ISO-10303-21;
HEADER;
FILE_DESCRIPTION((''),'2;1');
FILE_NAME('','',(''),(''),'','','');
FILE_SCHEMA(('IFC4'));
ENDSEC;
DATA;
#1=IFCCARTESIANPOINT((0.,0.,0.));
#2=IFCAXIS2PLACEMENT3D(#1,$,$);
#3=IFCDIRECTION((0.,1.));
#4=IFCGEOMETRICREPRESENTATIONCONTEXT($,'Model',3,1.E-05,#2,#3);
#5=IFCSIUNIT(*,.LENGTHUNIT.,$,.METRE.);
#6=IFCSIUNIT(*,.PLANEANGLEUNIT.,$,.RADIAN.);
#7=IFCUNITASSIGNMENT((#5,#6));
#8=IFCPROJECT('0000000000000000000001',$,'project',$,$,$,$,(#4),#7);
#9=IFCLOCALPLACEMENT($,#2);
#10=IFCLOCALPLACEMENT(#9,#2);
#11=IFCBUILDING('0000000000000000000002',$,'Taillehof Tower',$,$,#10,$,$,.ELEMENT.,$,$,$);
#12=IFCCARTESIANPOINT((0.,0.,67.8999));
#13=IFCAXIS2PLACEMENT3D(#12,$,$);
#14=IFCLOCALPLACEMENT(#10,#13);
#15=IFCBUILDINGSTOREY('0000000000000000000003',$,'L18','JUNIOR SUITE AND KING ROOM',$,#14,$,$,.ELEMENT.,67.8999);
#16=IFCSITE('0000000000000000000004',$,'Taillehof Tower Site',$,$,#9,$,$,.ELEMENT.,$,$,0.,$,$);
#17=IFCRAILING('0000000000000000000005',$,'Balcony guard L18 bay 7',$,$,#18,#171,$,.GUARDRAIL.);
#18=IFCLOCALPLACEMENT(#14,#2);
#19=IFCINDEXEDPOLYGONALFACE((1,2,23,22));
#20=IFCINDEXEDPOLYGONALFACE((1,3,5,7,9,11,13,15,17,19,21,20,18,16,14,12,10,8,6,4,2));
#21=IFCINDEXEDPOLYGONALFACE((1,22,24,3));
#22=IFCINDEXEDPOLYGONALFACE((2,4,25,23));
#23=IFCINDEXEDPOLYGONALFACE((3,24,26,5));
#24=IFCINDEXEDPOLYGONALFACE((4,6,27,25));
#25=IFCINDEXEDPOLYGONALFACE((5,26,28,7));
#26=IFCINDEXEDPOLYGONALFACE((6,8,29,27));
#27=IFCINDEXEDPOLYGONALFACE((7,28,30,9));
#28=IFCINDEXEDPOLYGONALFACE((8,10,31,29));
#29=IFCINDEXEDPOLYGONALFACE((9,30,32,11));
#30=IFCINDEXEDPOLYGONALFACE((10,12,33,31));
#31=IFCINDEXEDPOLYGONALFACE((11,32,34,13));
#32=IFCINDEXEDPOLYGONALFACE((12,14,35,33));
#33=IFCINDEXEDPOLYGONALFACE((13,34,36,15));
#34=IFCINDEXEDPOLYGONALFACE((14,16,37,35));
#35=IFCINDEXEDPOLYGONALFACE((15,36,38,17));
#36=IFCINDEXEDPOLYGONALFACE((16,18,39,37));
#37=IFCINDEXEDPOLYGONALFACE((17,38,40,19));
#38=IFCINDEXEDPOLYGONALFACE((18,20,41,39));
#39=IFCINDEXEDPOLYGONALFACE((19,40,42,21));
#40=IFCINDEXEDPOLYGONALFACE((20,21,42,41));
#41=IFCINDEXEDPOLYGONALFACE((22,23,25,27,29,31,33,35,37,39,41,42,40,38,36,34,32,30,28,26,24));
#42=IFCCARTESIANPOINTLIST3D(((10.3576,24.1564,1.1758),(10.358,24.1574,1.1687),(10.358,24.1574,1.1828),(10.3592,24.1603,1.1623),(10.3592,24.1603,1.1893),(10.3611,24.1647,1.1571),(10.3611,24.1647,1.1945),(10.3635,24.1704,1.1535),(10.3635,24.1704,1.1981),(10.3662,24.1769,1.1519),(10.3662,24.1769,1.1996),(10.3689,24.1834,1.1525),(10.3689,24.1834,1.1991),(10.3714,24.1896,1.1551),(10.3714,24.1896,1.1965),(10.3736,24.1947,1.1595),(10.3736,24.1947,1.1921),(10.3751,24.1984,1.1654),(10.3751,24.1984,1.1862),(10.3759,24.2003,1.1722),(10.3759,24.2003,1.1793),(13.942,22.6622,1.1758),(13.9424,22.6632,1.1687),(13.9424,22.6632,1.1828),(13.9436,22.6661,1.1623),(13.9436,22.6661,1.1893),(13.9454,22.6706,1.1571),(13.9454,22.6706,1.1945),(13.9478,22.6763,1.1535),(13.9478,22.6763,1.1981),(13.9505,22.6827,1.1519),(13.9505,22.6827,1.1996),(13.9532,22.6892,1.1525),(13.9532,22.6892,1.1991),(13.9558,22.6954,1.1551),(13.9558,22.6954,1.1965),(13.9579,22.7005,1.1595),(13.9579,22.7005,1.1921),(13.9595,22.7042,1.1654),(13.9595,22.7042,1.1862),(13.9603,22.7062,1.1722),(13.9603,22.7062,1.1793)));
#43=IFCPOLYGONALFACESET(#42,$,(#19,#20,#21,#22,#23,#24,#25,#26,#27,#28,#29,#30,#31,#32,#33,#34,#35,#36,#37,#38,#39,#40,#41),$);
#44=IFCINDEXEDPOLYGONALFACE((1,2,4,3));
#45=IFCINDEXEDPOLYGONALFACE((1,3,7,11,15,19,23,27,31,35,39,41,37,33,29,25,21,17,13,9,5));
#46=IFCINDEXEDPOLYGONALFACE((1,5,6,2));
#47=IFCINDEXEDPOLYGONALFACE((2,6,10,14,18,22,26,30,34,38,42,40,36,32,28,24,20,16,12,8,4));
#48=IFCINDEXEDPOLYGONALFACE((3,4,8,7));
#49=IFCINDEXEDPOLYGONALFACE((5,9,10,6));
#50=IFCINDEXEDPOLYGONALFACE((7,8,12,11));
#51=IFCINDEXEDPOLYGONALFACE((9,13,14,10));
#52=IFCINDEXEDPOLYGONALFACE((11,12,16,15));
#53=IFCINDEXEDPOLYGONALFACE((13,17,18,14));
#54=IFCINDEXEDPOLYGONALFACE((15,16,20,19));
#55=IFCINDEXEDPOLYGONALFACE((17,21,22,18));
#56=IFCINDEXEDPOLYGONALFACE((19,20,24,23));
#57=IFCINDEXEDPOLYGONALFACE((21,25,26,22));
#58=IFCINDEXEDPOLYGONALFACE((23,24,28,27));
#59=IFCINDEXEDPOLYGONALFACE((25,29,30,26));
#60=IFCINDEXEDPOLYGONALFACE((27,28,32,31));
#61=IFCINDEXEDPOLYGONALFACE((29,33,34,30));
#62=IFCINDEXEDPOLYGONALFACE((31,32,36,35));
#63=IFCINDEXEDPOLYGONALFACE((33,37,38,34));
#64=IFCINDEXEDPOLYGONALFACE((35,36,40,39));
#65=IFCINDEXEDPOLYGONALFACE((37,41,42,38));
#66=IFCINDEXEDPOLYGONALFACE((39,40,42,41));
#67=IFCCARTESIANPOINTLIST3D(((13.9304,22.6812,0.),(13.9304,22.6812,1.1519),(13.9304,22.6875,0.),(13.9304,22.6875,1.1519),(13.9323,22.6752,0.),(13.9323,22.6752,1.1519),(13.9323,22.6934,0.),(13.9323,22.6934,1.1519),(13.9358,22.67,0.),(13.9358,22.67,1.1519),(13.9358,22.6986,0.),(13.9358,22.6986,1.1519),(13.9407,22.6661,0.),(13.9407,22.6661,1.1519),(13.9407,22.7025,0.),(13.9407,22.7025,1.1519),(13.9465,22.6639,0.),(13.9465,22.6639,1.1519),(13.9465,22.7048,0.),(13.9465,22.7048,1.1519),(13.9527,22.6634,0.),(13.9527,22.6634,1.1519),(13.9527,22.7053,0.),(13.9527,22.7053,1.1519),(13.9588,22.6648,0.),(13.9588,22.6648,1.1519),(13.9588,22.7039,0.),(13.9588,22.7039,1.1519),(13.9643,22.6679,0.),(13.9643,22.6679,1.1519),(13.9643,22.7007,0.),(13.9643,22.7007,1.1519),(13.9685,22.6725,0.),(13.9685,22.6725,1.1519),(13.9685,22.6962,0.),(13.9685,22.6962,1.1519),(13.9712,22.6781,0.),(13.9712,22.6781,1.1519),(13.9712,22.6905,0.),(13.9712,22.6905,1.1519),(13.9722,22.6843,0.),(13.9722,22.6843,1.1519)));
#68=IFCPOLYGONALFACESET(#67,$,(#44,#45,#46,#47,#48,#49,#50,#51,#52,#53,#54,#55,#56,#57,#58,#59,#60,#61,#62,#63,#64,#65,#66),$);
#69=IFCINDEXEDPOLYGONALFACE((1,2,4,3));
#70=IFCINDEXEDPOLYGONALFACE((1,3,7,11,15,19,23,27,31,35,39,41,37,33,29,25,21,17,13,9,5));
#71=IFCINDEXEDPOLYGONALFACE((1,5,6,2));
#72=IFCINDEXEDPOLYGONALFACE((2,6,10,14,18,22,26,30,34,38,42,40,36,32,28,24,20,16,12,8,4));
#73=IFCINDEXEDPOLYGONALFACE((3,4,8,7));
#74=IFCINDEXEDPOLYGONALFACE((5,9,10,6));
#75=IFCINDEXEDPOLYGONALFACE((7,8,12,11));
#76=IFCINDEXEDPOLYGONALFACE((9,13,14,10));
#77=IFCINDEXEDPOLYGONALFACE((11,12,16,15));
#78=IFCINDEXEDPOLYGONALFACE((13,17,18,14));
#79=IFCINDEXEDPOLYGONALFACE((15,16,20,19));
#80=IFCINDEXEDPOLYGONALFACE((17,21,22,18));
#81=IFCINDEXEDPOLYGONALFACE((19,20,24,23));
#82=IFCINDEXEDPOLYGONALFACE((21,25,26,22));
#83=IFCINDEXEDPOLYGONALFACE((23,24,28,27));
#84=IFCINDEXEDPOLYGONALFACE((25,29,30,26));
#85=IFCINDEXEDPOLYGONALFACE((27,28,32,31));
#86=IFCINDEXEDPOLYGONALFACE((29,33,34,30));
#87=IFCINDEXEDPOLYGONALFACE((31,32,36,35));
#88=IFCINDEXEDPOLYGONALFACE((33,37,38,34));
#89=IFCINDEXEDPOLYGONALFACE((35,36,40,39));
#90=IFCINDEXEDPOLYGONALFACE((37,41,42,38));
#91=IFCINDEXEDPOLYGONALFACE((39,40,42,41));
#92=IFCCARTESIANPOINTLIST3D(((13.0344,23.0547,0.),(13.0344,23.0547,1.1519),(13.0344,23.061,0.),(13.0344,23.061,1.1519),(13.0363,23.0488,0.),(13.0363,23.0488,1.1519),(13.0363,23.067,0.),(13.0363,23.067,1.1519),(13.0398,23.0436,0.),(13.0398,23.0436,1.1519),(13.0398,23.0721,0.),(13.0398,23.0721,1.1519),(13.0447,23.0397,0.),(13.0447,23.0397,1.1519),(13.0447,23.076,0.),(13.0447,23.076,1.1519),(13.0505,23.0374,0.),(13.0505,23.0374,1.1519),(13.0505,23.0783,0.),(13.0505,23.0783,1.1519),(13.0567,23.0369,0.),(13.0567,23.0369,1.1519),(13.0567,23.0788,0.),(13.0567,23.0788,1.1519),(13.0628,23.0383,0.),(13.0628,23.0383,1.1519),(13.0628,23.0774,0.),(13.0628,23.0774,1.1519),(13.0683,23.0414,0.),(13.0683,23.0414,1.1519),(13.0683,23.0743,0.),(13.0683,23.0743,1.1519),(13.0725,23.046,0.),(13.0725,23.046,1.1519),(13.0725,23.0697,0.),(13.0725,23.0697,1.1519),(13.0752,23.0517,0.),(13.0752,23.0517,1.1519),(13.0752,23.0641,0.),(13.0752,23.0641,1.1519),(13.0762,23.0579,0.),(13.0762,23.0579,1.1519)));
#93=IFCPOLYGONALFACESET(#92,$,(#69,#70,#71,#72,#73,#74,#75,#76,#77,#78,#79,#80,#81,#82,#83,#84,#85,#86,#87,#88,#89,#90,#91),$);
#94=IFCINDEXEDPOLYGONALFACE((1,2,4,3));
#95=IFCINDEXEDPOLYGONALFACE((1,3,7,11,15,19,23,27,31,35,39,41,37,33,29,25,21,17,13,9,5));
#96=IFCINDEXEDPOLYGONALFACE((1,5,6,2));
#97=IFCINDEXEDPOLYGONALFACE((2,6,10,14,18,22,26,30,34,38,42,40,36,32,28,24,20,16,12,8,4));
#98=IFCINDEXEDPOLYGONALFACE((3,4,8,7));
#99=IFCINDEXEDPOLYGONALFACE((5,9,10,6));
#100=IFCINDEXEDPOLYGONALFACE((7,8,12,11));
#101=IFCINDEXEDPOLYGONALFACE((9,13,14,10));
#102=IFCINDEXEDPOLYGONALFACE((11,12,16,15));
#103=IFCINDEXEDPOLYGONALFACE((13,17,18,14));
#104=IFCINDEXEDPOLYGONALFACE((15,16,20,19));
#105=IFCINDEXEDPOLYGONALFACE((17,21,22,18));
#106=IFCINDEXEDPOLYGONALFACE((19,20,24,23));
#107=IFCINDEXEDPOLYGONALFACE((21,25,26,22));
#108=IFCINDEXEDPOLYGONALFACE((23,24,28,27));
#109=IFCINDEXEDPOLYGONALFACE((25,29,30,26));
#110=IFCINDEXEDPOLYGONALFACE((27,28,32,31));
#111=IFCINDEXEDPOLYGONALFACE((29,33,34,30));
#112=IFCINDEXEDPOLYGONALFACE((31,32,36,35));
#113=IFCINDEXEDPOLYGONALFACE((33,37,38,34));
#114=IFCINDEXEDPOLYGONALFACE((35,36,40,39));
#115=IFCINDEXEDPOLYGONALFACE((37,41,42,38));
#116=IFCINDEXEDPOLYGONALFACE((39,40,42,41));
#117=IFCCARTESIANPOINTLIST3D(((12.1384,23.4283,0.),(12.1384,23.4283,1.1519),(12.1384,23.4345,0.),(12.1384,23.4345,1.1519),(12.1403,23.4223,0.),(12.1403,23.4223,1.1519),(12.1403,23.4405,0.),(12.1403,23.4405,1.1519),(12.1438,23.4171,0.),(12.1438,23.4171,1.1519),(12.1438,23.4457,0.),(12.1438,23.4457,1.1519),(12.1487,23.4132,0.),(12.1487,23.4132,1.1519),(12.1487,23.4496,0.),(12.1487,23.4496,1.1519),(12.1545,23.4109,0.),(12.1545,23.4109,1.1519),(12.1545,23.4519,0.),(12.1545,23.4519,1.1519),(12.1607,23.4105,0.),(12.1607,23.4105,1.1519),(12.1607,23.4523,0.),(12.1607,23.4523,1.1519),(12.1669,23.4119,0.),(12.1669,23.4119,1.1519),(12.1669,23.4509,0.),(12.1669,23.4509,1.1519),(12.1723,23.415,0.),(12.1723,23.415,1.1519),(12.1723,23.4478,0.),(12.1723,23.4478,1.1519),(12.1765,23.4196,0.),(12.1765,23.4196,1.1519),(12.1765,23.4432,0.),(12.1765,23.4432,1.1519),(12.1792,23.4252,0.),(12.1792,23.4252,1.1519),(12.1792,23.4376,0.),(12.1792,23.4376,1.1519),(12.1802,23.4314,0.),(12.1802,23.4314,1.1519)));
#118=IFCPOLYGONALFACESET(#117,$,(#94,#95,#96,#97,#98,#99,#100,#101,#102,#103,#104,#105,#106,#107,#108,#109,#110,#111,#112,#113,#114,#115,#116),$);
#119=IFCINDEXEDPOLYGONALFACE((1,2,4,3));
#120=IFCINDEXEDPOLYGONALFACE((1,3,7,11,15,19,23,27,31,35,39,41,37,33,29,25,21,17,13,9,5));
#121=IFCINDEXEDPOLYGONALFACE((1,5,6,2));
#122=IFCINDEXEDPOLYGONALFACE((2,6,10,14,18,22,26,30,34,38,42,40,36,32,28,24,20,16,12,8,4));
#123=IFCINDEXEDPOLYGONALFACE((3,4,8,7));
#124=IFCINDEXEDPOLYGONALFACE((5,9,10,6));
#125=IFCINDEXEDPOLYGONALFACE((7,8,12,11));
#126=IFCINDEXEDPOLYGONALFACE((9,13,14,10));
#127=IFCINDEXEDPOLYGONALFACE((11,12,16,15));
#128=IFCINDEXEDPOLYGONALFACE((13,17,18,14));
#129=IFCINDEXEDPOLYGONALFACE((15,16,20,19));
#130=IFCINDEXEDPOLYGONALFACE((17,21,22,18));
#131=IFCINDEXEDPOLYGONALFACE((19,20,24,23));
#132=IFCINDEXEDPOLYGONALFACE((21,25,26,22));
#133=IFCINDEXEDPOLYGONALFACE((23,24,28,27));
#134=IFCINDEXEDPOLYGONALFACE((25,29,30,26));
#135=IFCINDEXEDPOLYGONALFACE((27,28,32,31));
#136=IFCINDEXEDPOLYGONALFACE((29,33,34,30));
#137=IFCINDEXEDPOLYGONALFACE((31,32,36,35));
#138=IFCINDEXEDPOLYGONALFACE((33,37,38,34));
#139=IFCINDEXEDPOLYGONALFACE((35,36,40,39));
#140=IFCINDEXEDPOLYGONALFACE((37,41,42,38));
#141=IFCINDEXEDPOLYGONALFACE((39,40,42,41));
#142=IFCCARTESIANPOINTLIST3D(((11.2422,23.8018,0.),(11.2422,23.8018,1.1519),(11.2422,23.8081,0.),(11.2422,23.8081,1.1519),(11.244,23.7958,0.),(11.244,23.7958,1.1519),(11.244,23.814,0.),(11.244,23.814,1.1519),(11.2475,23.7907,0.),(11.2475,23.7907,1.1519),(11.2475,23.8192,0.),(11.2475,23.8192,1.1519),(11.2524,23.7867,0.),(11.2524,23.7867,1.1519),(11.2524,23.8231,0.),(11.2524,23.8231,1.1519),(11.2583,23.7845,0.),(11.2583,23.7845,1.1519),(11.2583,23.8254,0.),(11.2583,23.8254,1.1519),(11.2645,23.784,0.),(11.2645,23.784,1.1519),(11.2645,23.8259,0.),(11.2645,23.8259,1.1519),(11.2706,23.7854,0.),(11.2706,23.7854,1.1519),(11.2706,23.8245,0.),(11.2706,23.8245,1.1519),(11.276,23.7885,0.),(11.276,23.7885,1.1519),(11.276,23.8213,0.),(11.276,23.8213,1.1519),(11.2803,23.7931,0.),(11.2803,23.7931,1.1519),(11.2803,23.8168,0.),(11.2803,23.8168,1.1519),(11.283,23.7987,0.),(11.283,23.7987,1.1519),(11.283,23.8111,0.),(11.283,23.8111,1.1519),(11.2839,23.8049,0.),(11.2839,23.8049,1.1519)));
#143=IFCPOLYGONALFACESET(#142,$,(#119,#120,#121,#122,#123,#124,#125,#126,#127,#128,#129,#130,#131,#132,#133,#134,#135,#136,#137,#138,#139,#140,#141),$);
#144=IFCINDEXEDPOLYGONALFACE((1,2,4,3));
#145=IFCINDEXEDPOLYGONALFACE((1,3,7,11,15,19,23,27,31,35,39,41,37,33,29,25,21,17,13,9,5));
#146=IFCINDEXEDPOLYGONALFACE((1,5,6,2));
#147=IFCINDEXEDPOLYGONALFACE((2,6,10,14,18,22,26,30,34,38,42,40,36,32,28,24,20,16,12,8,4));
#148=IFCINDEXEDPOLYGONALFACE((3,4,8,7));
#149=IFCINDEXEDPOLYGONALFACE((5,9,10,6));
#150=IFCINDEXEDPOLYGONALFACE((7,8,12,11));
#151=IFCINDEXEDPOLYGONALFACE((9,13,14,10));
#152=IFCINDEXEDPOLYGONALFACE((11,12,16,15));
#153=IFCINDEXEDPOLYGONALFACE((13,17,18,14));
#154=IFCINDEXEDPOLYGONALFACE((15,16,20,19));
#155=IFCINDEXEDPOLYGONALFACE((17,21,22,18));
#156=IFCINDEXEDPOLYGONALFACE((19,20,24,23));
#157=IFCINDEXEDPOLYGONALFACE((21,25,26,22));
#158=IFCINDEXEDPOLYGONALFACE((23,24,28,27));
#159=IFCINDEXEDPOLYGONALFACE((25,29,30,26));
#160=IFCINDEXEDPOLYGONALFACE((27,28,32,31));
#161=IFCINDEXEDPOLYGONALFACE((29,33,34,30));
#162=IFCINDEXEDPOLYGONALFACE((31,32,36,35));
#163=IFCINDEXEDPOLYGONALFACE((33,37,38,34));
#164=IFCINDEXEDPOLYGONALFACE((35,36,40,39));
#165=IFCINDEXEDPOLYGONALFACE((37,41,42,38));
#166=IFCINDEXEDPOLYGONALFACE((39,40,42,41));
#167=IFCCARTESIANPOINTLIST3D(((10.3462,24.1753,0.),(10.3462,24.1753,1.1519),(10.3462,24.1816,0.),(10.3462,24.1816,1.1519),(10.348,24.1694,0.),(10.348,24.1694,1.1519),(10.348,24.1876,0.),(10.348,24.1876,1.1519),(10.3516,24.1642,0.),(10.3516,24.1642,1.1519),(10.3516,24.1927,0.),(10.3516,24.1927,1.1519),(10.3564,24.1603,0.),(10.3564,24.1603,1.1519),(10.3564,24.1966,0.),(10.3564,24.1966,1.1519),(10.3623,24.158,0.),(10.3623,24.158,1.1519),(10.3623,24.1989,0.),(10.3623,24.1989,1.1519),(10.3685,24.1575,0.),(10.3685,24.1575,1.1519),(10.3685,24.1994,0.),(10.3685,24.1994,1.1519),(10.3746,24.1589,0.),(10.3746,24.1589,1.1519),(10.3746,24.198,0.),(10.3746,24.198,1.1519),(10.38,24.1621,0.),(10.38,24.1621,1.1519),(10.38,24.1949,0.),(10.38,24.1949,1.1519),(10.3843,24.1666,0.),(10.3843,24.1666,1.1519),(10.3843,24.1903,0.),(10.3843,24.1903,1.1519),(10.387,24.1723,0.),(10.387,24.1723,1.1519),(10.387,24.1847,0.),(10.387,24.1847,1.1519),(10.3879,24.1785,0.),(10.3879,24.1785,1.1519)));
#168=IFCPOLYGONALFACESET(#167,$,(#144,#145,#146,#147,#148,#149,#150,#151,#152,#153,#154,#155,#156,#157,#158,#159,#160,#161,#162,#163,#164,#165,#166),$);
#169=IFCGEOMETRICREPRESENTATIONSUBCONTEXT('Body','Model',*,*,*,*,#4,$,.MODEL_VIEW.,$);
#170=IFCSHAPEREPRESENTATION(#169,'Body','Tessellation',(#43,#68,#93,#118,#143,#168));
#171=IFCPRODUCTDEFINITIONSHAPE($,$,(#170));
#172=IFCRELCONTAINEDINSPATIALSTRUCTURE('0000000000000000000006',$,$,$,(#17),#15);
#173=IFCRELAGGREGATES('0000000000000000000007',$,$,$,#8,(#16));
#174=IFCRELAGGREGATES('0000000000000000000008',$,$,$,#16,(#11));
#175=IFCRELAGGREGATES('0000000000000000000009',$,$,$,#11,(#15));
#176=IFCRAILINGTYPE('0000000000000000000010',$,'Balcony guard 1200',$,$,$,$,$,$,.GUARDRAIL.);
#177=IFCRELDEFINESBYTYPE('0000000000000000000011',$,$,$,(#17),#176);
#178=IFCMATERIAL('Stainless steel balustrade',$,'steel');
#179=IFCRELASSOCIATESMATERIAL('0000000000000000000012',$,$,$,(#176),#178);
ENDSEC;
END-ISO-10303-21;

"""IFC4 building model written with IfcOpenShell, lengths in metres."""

from ifc_helpers import new_model, si_unit, direction, frame, origin, origin_2d, place, context, subcontext, project, spatial, circle, extrude, material, type_object, element, save


model = new_model("IFC4")

# Units and contexts
model_context = context("Model", 3, precision=1e-05, world=origin(), true_north=direction((0.0, 1.0)))
body_context = subcontext(model_context, "Body", "Model", "MODEL_VIEW")
ifc_project = project(units=[si_unit("LENGTHUNIT", "METRE"), si_unit("PLANEANGLEUNIT", "RADIAN")], contexts=[model_context])

# Site, building, storey
site_placement = place(None, origin())
site = spatial("IfcSite", under=ifc_project, at=site_placement, Name="Taillehof Tower Site", CompositionType="ELEMENT", RefElevation=0.0)
building_placement = place(site_placement, origin())
building = spatial("IfcBuilding", under=site, at=building_placement, Name="Taillehof Tower", CompositionType="ELEMENT")
storey_placement = place(building_placement, frame((0.0, 0.0, 67.8999)))
storey = spatial("IfcBuildingStorey", under=building, at=storey_placement, Name="L18", Description="JUNIOR SUITE AND KING ROOM", CompositionType="ELEMENT", Elevation=67.8999)

# Railing
ifc_material_1 = material(Name="Stainless steel balustrade", Category="steel")
railing_type = type_object("IfcRailingType", Name="Balcony guard 1200", PredefinedType="GUARDRAIL", material=ifc_material_1)
railing_1_placement = place(storey_placement, frame((13.9512, 22.6843, 0.0)))
element("IfcRailing", 1, at=railing_1_placement, inside=storey, type_object=railing_type, Name="Balcony guard L18 bay 7", PredefinedType="GUARDRAIL", context=body_context, shape_type="SweptSolid", body=[
    extrude(circle(Radius=0.0239, at=origin_2d()), frame((0.0, 0.0, 1.1758), z_axis=(-0.923012, 0.384772, 0.0), x_axis=(-0.384772, -0.923012, 0.0)), (0.0, 0.0, 1.0), 3.8833),
    extrude(circle(Radius=0.021, at=origin_2d()), origin(), (0.0, 0.0, 1.0), 1.1519),
    extrude(circle(Radius=0.021, at=origin_2d()), frame((-0.896, 0.3735, 0.0)), (0.0, 0.0, 1.0), 1.1519),
    extrude(circle(Radius=0.021, at=origin_2d()), frame((-1.792, 0.7471, 0.0)), (0.0, 0.0, 1.0), 1.1519),
    extrude(circle(Radius=0.021, at=origin_2d()), frame((-2.6882, 1.1206, 0.0)), (0.0, 0.0, 1.0), 1.1519),
    extrude(circle(Radius=0.021, at=origin_2d()), frame((-3.5842, 1.4941, 0.0)), (0.0, 0.0, 1.0), 1.1519),
])

save(model, "model.ifc")
